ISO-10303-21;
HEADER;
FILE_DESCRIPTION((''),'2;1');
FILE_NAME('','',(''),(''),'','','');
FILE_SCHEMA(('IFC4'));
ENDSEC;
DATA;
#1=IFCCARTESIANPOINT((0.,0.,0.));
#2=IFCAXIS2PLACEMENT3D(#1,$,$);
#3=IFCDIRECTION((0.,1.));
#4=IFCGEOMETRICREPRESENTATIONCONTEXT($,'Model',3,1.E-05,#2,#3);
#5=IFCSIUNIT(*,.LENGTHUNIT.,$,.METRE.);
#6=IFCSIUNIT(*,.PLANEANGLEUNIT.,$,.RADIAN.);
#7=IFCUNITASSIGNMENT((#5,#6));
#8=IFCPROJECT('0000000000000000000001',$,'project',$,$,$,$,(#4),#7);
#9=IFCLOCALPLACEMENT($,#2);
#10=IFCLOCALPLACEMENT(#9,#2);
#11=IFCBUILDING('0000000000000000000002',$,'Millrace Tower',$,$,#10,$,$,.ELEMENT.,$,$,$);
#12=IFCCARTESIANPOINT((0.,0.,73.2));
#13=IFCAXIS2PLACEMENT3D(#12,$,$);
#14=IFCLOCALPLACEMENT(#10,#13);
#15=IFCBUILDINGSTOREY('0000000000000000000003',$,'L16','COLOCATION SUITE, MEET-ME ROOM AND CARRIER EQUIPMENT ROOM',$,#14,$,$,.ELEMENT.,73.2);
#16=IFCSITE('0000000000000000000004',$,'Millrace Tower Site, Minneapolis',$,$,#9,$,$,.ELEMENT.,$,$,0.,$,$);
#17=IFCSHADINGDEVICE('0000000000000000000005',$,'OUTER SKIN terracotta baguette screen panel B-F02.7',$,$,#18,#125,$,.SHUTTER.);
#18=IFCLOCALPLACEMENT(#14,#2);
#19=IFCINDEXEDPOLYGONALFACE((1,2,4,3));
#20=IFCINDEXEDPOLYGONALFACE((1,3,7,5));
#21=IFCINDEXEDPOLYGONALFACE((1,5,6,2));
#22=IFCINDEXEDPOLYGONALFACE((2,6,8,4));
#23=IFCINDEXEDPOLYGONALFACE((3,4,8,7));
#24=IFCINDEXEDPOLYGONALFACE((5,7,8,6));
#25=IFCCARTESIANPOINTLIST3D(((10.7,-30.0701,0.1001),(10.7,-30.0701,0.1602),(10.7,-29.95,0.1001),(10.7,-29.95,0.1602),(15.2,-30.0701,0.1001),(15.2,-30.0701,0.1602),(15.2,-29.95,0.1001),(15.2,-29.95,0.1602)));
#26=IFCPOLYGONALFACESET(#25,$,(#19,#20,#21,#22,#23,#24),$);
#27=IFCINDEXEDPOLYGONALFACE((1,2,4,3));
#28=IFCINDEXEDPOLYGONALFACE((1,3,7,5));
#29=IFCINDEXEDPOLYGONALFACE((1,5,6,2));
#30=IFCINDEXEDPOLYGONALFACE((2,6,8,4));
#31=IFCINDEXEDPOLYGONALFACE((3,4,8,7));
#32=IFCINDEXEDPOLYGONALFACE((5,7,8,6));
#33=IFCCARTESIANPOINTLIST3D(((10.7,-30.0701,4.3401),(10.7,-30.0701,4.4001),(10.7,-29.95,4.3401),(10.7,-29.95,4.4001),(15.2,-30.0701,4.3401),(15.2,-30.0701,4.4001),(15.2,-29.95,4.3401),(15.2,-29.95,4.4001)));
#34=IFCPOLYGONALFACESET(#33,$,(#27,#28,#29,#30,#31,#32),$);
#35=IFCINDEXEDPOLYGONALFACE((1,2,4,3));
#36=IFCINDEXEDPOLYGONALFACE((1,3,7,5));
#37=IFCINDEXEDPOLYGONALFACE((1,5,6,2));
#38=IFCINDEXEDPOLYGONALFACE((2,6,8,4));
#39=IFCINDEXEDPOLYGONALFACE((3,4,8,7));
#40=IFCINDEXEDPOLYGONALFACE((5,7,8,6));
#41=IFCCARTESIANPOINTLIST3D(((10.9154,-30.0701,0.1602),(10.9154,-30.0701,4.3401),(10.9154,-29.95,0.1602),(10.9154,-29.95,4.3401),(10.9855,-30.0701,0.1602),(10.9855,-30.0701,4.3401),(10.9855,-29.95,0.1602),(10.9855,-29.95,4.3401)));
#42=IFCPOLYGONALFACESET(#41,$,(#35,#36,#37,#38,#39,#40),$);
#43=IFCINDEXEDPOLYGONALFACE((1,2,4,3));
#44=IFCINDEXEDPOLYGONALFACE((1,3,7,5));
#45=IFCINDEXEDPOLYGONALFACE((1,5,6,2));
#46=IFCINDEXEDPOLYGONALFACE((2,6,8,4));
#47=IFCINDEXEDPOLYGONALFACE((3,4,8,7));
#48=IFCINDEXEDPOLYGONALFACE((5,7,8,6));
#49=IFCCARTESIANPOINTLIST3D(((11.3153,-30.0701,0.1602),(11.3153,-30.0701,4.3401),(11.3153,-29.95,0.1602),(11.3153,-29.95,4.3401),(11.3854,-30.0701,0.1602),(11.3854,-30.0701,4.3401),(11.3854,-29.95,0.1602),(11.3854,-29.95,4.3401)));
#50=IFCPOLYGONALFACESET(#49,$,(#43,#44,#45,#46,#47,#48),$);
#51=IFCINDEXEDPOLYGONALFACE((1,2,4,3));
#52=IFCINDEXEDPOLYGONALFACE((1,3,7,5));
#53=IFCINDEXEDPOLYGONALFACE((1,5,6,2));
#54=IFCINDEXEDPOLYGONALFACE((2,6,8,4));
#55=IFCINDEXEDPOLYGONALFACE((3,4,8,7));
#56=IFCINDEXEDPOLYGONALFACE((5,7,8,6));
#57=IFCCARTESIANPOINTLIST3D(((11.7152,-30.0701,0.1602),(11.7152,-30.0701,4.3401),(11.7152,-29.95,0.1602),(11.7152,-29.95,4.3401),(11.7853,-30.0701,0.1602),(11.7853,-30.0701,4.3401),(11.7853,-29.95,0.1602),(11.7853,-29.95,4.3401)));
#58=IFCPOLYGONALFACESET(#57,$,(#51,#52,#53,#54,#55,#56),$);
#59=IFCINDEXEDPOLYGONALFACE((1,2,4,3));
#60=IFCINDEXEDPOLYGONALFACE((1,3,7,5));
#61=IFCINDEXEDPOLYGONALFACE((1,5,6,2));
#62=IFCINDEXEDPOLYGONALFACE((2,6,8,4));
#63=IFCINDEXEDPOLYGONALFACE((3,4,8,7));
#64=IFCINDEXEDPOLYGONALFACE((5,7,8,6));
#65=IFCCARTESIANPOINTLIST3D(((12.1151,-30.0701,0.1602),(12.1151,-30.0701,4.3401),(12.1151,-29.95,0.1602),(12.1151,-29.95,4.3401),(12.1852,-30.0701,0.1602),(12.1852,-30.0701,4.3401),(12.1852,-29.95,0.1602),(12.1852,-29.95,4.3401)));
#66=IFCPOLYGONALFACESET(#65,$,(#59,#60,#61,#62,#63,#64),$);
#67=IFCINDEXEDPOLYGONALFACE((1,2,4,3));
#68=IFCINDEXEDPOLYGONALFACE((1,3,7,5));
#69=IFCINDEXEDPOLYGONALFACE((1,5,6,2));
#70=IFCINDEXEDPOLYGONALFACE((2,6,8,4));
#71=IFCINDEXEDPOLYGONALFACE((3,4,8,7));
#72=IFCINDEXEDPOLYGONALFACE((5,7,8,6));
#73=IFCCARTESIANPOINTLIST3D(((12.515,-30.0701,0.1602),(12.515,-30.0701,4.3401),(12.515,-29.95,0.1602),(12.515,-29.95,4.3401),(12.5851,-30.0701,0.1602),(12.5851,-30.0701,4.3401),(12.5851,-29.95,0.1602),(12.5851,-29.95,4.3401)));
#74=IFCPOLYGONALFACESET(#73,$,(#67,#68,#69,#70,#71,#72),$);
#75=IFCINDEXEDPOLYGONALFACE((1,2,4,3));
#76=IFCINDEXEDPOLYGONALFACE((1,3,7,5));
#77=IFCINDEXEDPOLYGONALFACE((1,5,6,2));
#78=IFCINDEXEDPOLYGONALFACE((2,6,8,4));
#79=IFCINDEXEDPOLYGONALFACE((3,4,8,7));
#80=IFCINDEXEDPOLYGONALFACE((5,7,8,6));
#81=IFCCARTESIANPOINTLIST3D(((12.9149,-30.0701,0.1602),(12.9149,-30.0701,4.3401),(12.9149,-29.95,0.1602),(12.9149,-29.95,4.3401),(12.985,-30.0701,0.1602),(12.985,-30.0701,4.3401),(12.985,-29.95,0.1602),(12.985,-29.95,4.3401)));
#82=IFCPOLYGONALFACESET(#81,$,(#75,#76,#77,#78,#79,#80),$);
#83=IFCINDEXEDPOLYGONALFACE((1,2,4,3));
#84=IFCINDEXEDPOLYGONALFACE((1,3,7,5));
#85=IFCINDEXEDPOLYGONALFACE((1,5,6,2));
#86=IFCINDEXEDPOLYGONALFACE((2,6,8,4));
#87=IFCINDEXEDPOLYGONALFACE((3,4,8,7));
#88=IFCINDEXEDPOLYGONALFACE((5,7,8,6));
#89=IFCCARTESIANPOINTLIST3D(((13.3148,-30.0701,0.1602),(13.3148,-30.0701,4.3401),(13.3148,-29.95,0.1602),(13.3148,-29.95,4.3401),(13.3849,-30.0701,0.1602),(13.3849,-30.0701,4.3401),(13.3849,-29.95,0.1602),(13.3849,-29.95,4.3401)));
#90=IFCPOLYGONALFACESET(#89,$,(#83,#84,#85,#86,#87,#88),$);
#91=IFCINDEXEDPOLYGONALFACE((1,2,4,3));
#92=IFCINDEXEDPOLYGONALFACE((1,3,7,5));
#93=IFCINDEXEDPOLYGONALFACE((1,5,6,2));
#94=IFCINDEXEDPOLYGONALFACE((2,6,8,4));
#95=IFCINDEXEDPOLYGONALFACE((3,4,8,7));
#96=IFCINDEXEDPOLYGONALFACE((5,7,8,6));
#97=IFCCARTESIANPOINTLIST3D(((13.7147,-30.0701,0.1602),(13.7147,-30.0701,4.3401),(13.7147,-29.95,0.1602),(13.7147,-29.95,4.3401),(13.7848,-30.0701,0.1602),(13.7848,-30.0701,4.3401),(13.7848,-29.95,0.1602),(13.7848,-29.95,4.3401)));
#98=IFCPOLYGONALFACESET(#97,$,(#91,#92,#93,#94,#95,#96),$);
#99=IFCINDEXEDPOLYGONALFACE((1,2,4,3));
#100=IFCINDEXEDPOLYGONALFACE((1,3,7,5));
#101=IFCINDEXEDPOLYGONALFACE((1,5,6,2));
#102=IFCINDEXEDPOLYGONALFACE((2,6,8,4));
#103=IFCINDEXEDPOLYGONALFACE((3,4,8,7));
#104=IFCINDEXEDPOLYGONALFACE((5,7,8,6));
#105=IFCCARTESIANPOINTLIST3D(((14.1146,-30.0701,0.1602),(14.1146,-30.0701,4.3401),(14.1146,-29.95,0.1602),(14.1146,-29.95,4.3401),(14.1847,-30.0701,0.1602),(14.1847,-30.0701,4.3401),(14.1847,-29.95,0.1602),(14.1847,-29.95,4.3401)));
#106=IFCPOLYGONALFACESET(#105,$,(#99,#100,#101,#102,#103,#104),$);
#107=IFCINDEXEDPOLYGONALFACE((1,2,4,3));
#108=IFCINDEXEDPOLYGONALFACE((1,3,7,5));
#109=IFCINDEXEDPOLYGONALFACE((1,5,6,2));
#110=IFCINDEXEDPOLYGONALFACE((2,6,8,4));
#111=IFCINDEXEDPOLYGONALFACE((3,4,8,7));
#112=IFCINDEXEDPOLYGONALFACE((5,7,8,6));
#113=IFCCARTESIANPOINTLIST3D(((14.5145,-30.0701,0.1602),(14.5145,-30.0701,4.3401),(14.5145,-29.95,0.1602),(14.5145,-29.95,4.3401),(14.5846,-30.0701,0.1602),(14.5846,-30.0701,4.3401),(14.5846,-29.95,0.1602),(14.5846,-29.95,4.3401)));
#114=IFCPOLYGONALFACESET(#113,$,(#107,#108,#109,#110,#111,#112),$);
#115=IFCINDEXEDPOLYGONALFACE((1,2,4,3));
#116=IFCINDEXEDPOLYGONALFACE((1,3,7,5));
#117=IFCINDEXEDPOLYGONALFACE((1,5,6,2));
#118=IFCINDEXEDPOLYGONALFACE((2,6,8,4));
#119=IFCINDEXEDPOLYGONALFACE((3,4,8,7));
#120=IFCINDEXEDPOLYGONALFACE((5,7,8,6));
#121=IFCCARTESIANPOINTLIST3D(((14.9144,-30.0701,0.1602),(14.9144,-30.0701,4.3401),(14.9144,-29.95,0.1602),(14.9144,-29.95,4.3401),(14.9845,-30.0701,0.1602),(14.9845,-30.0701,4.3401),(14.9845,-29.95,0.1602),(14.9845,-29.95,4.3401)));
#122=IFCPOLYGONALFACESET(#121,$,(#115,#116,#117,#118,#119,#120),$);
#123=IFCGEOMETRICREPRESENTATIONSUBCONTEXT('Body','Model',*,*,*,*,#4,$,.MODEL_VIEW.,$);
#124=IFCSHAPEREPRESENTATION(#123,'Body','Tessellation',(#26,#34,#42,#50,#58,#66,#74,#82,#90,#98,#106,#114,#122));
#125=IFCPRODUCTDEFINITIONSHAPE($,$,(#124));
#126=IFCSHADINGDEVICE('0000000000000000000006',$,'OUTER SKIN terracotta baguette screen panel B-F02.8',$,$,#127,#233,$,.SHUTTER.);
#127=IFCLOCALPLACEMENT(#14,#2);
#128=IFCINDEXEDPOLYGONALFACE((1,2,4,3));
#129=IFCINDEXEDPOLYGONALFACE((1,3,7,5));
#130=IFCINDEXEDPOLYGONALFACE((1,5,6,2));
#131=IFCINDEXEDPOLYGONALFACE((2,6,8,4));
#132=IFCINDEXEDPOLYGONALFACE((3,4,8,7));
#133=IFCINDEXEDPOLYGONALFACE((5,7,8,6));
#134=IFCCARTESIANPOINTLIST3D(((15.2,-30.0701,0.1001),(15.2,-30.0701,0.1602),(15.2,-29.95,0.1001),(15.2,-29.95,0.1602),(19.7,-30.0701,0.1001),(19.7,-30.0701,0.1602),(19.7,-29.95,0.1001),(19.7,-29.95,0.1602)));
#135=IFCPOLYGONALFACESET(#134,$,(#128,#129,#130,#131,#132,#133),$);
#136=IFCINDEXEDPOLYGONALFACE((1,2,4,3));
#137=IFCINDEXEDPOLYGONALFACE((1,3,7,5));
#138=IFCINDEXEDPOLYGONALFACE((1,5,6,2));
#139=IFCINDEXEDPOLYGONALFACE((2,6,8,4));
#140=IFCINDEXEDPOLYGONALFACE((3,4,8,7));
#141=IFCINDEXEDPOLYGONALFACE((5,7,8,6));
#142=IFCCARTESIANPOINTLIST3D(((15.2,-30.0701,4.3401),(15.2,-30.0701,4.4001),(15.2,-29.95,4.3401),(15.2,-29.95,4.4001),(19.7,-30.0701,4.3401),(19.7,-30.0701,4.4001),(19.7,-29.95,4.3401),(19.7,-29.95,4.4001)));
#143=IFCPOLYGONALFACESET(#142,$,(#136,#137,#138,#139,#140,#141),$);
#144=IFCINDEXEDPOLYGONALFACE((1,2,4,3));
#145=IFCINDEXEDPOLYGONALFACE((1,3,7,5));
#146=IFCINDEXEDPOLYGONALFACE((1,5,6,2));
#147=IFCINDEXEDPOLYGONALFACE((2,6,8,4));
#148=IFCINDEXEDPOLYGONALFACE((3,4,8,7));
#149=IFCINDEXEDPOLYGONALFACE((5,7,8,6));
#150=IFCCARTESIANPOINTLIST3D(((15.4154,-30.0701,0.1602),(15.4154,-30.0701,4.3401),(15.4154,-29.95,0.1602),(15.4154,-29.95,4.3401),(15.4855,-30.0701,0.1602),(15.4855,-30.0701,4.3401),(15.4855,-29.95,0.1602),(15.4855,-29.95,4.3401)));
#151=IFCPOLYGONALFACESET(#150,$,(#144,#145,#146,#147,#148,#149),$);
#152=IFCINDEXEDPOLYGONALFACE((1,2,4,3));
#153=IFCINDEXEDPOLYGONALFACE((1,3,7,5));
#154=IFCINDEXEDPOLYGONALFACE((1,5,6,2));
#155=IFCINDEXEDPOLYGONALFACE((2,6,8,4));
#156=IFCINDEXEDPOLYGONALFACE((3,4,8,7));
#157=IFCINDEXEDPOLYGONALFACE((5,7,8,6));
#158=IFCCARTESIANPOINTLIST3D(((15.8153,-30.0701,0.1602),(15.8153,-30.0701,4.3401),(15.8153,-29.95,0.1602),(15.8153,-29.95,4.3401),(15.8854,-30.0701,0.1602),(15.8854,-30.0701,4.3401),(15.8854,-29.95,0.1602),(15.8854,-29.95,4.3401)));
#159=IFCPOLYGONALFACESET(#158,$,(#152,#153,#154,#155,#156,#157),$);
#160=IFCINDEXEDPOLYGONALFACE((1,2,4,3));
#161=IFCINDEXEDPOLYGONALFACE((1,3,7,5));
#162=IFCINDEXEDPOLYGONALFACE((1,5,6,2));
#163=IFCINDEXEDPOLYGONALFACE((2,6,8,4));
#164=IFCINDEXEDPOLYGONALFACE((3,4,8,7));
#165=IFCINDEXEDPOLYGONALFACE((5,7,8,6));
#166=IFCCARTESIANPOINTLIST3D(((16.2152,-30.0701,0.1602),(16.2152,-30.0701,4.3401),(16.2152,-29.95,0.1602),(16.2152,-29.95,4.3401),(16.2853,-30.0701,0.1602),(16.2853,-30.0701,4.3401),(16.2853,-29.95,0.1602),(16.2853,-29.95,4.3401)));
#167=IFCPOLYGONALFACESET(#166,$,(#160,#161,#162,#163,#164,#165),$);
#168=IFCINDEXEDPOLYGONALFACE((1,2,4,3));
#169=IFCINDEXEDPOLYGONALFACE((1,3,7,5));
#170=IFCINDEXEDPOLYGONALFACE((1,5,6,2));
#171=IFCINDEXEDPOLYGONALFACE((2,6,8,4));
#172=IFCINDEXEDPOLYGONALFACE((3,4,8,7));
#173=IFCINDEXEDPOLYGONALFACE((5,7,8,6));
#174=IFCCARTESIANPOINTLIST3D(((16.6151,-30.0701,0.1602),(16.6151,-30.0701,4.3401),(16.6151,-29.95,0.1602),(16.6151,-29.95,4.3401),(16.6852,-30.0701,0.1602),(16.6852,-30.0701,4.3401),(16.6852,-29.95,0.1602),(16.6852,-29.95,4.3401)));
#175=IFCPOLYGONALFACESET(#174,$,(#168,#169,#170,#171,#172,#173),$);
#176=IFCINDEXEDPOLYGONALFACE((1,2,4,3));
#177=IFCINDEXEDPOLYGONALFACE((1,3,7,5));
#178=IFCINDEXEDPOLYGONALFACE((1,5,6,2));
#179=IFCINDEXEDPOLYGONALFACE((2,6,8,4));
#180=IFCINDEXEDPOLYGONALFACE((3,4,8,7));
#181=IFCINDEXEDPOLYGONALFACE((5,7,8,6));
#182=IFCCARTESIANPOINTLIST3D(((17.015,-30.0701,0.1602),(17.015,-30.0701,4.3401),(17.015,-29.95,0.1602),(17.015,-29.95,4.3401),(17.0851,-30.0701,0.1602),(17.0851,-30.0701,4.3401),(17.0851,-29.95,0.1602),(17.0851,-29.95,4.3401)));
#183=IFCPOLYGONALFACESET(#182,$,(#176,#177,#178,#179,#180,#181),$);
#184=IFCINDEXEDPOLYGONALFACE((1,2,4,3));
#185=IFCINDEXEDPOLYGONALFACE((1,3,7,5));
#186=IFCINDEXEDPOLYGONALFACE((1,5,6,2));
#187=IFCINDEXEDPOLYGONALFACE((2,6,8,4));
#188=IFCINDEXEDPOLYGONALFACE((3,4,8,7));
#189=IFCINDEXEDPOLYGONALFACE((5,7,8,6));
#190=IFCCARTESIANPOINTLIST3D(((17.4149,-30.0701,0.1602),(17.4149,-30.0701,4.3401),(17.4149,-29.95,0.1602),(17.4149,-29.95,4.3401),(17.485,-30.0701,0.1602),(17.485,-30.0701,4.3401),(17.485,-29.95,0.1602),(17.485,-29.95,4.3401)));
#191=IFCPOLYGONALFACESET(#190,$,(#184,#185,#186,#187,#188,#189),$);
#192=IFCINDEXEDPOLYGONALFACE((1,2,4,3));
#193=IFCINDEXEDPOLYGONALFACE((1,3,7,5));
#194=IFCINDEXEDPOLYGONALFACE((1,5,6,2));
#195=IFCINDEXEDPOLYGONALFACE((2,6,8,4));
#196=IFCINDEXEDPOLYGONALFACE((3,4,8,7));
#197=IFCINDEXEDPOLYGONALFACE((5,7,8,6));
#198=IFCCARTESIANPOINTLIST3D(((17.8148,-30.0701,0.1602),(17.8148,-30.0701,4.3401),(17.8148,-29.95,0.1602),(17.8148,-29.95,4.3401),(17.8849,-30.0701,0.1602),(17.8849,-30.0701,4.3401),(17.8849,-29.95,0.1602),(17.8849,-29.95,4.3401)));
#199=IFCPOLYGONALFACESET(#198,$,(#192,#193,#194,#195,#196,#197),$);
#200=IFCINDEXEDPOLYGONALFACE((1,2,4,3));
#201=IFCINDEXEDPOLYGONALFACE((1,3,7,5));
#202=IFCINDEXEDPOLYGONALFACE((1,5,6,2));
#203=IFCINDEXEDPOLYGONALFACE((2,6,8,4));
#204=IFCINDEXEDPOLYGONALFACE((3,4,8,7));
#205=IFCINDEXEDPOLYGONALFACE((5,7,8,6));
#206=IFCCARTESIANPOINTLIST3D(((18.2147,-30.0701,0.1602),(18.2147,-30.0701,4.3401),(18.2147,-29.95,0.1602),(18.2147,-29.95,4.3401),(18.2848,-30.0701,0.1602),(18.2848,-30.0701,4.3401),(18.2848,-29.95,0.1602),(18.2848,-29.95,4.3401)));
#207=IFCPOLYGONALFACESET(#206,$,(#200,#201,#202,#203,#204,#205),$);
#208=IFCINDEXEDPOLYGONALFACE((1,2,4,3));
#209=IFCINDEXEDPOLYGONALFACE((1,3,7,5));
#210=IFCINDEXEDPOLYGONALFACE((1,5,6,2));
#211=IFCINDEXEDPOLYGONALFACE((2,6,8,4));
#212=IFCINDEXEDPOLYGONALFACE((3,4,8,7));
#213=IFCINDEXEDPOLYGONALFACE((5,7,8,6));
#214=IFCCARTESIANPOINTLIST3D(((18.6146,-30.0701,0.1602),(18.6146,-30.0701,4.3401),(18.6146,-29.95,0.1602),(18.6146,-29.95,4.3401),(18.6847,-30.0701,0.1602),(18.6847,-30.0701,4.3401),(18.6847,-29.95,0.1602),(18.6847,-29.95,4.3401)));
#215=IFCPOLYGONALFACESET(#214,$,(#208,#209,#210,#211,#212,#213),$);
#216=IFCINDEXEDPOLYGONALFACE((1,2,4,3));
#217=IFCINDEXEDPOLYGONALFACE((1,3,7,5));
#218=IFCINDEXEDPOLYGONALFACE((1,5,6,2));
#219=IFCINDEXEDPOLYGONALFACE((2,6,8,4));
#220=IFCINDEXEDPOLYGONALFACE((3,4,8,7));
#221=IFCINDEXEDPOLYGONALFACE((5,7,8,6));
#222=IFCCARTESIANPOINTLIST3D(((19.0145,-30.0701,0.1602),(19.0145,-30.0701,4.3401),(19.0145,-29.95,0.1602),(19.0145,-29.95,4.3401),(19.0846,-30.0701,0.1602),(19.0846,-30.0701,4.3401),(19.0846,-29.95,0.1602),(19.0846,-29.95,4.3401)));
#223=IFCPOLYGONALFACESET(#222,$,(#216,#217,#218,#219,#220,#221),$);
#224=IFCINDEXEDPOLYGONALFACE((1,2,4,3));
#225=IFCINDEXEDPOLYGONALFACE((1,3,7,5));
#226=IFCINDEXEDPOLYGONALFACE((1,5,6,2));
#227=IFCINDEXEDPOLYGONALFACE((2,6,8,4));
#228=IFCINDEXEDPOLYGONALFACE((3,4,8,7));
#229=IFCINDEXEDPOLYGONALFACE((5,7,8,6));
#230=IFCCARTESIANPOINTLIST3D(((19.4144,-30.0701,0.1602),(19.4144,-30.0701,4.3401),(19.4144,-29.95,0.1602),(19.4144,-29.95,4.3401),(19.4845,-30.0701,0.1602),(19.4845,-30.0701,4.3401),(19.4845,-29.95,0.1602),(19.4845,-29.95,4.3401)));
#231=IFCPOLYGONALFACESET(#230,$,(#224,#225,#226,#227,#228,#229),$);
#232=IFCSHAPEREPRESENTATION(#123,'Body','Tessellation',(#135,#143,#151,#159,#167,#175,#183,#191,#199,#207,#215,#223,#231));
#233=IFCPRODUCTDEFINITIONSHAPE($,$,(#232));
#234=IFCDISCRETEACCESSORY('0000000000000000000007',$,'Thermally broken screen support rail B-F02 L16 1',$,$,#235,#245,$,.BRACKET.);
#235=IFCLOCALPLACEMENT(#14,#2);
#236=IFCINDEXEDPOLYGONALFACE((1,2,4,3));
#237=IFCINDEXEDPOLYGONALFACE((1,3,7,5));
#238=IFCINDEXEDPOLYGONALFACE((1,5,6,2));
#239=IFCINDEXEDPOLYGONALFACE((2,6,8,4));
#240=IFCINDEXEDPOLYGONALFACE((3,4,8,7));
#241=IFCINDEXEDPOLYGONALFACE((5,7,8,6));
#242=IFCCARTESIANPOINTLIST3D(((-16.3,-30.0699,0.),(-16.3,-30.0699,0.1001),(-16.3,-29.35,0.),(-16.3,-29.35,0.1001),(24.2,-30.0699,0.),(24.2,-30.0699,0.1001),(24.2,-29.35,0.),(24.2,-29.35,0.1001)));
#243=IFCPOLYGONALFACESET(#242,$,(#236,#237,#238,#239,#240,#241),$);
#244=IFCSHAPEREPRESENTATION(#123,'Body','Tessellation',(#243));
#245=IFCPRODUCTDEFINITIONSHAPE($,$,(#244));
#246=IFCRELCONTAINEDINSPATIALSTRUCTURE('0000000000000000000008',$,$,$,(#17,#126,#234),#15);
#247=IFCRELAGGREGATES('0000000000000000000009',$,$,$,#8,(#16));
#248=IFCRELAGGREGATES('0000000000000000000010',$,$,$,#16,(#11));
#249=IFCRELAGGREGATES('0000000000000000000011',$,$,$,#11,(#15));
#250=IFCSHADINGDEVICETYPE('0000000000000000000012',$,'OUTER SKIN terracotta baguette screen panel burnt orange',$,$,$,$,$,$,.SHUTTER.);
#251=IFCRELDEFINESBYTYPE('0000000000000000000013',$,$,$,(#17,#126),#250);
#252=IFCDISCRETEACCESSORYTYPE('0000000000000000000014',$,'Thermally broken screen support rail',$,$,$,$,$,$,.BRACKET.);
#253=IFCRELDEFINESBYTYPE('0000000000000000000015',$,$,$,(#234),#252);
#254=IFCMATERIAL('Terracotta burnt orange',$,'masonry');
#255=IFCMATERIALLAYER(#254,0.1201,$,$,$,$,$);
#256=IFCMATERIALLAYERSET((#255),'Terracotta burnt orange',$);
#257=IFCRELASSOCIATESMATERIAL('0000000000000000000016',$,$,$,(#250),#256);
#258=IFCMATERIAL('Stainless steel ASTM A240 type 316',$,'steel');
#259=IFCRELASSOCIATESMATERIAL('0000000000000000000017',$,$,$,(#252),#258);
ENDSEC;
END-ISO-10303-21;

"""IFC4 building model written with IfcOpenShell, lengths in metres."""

from ifc_helpers import new_model, entity, si_unit, direction, frame, frame_2d, origin, origin_2d, place, context, subcontext, project, spatial, rectangle, extrude, source, transform, mapped, material, layer, layer_set, type_object, element, save


model = new_model("IFC4")

# Units and contexts
model_context = context("Model", 3, precision=1e-05, world=origin(), true_north=direction((0.0, 1.0)))
body_context = subcontext(model_context, "Body", "Model", "MODEL_VIEW")
ifc_project = project(units=[si_unit("LENGTHUNIT", "METRE"), si_unit("PLANEANGLEUNIT", "RADIAN")], contexts=[model_context])

# Site, building, storey
site_placement = place(None, origin())
site = spatial("IfcSite", under=ifc_project, at=site_placement, Name="Millrace Tower Site, Minneapolis", CompositionType="ELEMENT", RefElevation=0.0)
building_placement = place(site_placement, origin())
building = spatial("IfcBuilding", under=site, at=building_placement, Name="Millrace Tower", CompositionType="ELEMENT")
storey_placement = place(building_placement, frame((0.0, 0.0, 73.2)))
storey = spatial("IfcBuildingStorey", under=building, at=storey_placement, Name="L16", Description="COLOCATION SUITE, MEET-ME ROOM AND CARRIER EQUIPMENT ROOM", CompositionType="ELEMENT", Elevation=73.2)

# Shading devices
ifc_material_1 = material(Name="Terracotta burnt orange", Category="masonry")
ifc_layer_1 = layer(ifc_material_1, 0.1201)
ifc_layer_set_1 = layer_set([ifc_layer_1], Name="Terracotta burnt orange")
shading_device_type = type_object("IfcShadingDeviceType", Name="OUTER SKIN terracotta baguette screen panel burnt orange", PredefinedType="SHUTTER", material=ifc_layer_set_1)
cartesian_point = entity("IfcCartesianPoint", [-2.25, 0.0601])
shared_polyline = entity("IfcPolyline", [cartesian_point, entity("IfcCartesianPoint", [2.25, 0.0601]), entity("IfcCartesianPoint", [2.25, -0.0601]), entity("IfcCartesianPoint", [-2.25, -0.0601]), cartesian_point])
shared_shape = source(origin(), body_context, "Body", "SweptSolid", [
    entity("IfcExtrudedAreaSolid", entity("IfcArbitraryClosedProfileDef", "AREA", None, shared_polyline), entity("IfcAxis2Placement3D", entity("IfcCartesianPoint", [0.0, 0.0, 0.0])), entity("IfcDirection", [0.0, 0.0, 1.0]), 0.0601),
    entity("IfcExtrudedAreaSolid", entity("IfcArbitraryClosedProfileDef", "AREA", None, shared_polyline), entity("IfcAxis2Placement3D", entity("IfcCartesianPoint", [0.0, 0.0, 4.24])), entity("IfcDirection", [0.0, 0.0, 1.0]), 0.0601),
    extrude(rectangle(XDim=0.0701, YDim=0.1201, at=frame_2d((-1.9995, 0.0))), frame((0.0, 0.0, 0.0601)), (0.0, 0.0, 1.0), 4.1799),
    extrude(rectangle(XDim=0.0701, YDim=0.1201, at=frame_2d((-1.5996, 0.0))), frame((0.0, 0.0, 0.0601)), (0.0, 0.0, 1.0), 4.1799),
    extrude(rectangle(XDim=0.0701, YDim=0.1201, at=frame_2d((-1.1997, 0.0))), frame((0.0, 0.0, 0.0601)), (0.0, 0.0, 1.0), 4.1799),
    extrude(rectangle(XDim=0.0701, YDim=0.1201, at=frame_2d((-0.7998, 0.0))), frame((0.0, 0.0, 0.0601)), (0.0, 0.0, 1.0), 4.1799),
    extrude(rectangle(XDim=0.0701, YDim=0.1201, at=frame_2d((-0.3999, 0.0))), frame((0.0, 0.0, 0.0601)), (0.0, 0.0, 1.0), 4.1799),
    extrude(rectangle(XDim=0.0701, YDim=0.1201, at=origin_2d()), frame((0.0, 0.0, 0.0601)), (0.0, 0.0, 1.0), 4.1799),
    extrude(rectangle(XDim=0.0701, YDim=0.1201, at=frame_2d((0.3999, 0.0))), frame((0.0, 0.0, 0.0601)), (0.0, 0.0, 1.0), 4.1799),
    extrude(rectangle(XDim=0.0701, YDim=0.1201, at=frame_2d((0.7998, 0.0))), frame((0.0, 0.0, 0.0601)), (0.0, 0.0, 1.0), 4.1799),
    extrude(rectangle(XDim=0.0701, YDim=0.1201, at=frame_2d((1.1997, 0.0))), frame((0.0, 0.0, 0.0601)), (0.0, 0.0, 1.0), 4.1799),
    extrude(rectangle(XDim=0.0701, YDim=0.1201, at=frame_2d((1.5996, 0.0))), frame((0.0, 0.0, 0.0601)), (0.0, 0.0, 1.0), 4.1799),
    extrude(rectangle(XDim=0.0701, YDim=0.1201, at=frame_2d((1.9995, 0.0))), frame((0.0, 0.0, 0.0601)), (0.0, 0.0, 1.0), 4.1799),
])
for number, where, z_axis, x_axis, name in (
    (1, (12.95, -30.01, 0.1001), (0.0, 0.0, 1.0), (1.0, 0.0, 0.0), "OUTER SKIN terracotta baguette screen panel B-F02.7"),
    (2, (17.45, -30.01, 0.1001), (0.0, 0.0, 1.0), (1.0, 0.0, 0.0), "OUTER SKIN terracotta baguette screen panel B-F02.8"),
):
    element("IfcShadingDevice", number, at=place(storey_placement, frame(where, z_axis=z_axis, x_axis=x_axis)), inside=storey, type_object=shading_device_type, Name=name, PredefinedType="SHUTTER", context=body_context, shape_type="MappedRepresentation", body=[
        mapped(shared_shape, transform((0.0, 0.0, 0.0), scale=1.0)),
    ])

# Discrete accessory
ifc_material_2 = material(Name="Stainless steel ASTM A240 type 316", Category="steel")
discrete_accessory_type = type_object("IfcDiscreteAccessoryType", Name="Thermally broken screen support rail", PredefinedType="BRACKET", material=ifc_material_2)
discrete_accessory_placement = place(storey_placement, frame((3.95, -29.71, 0.0), z_axis=(0.0, 0.0, 1.0), x_axis=(1.0, 0.0, 0.0)))
element("IfcDiscreteAccessory", 3, at=discrete_accessory_placement, inside=storey, type_object=discrete_accessory_type, Name="Thermally broken screen support rail B-F02 L16 1", PredefinedType="BRACKET", context=body_context, shape_type="SweptSolid", body=[
    extrude(rectangle(XDim=40.5, YDim=0.72, at=origin_2d()), origin(), (0.0, 0.0, 1.0), 0.1001),
])

save(model, "model.ifc")
